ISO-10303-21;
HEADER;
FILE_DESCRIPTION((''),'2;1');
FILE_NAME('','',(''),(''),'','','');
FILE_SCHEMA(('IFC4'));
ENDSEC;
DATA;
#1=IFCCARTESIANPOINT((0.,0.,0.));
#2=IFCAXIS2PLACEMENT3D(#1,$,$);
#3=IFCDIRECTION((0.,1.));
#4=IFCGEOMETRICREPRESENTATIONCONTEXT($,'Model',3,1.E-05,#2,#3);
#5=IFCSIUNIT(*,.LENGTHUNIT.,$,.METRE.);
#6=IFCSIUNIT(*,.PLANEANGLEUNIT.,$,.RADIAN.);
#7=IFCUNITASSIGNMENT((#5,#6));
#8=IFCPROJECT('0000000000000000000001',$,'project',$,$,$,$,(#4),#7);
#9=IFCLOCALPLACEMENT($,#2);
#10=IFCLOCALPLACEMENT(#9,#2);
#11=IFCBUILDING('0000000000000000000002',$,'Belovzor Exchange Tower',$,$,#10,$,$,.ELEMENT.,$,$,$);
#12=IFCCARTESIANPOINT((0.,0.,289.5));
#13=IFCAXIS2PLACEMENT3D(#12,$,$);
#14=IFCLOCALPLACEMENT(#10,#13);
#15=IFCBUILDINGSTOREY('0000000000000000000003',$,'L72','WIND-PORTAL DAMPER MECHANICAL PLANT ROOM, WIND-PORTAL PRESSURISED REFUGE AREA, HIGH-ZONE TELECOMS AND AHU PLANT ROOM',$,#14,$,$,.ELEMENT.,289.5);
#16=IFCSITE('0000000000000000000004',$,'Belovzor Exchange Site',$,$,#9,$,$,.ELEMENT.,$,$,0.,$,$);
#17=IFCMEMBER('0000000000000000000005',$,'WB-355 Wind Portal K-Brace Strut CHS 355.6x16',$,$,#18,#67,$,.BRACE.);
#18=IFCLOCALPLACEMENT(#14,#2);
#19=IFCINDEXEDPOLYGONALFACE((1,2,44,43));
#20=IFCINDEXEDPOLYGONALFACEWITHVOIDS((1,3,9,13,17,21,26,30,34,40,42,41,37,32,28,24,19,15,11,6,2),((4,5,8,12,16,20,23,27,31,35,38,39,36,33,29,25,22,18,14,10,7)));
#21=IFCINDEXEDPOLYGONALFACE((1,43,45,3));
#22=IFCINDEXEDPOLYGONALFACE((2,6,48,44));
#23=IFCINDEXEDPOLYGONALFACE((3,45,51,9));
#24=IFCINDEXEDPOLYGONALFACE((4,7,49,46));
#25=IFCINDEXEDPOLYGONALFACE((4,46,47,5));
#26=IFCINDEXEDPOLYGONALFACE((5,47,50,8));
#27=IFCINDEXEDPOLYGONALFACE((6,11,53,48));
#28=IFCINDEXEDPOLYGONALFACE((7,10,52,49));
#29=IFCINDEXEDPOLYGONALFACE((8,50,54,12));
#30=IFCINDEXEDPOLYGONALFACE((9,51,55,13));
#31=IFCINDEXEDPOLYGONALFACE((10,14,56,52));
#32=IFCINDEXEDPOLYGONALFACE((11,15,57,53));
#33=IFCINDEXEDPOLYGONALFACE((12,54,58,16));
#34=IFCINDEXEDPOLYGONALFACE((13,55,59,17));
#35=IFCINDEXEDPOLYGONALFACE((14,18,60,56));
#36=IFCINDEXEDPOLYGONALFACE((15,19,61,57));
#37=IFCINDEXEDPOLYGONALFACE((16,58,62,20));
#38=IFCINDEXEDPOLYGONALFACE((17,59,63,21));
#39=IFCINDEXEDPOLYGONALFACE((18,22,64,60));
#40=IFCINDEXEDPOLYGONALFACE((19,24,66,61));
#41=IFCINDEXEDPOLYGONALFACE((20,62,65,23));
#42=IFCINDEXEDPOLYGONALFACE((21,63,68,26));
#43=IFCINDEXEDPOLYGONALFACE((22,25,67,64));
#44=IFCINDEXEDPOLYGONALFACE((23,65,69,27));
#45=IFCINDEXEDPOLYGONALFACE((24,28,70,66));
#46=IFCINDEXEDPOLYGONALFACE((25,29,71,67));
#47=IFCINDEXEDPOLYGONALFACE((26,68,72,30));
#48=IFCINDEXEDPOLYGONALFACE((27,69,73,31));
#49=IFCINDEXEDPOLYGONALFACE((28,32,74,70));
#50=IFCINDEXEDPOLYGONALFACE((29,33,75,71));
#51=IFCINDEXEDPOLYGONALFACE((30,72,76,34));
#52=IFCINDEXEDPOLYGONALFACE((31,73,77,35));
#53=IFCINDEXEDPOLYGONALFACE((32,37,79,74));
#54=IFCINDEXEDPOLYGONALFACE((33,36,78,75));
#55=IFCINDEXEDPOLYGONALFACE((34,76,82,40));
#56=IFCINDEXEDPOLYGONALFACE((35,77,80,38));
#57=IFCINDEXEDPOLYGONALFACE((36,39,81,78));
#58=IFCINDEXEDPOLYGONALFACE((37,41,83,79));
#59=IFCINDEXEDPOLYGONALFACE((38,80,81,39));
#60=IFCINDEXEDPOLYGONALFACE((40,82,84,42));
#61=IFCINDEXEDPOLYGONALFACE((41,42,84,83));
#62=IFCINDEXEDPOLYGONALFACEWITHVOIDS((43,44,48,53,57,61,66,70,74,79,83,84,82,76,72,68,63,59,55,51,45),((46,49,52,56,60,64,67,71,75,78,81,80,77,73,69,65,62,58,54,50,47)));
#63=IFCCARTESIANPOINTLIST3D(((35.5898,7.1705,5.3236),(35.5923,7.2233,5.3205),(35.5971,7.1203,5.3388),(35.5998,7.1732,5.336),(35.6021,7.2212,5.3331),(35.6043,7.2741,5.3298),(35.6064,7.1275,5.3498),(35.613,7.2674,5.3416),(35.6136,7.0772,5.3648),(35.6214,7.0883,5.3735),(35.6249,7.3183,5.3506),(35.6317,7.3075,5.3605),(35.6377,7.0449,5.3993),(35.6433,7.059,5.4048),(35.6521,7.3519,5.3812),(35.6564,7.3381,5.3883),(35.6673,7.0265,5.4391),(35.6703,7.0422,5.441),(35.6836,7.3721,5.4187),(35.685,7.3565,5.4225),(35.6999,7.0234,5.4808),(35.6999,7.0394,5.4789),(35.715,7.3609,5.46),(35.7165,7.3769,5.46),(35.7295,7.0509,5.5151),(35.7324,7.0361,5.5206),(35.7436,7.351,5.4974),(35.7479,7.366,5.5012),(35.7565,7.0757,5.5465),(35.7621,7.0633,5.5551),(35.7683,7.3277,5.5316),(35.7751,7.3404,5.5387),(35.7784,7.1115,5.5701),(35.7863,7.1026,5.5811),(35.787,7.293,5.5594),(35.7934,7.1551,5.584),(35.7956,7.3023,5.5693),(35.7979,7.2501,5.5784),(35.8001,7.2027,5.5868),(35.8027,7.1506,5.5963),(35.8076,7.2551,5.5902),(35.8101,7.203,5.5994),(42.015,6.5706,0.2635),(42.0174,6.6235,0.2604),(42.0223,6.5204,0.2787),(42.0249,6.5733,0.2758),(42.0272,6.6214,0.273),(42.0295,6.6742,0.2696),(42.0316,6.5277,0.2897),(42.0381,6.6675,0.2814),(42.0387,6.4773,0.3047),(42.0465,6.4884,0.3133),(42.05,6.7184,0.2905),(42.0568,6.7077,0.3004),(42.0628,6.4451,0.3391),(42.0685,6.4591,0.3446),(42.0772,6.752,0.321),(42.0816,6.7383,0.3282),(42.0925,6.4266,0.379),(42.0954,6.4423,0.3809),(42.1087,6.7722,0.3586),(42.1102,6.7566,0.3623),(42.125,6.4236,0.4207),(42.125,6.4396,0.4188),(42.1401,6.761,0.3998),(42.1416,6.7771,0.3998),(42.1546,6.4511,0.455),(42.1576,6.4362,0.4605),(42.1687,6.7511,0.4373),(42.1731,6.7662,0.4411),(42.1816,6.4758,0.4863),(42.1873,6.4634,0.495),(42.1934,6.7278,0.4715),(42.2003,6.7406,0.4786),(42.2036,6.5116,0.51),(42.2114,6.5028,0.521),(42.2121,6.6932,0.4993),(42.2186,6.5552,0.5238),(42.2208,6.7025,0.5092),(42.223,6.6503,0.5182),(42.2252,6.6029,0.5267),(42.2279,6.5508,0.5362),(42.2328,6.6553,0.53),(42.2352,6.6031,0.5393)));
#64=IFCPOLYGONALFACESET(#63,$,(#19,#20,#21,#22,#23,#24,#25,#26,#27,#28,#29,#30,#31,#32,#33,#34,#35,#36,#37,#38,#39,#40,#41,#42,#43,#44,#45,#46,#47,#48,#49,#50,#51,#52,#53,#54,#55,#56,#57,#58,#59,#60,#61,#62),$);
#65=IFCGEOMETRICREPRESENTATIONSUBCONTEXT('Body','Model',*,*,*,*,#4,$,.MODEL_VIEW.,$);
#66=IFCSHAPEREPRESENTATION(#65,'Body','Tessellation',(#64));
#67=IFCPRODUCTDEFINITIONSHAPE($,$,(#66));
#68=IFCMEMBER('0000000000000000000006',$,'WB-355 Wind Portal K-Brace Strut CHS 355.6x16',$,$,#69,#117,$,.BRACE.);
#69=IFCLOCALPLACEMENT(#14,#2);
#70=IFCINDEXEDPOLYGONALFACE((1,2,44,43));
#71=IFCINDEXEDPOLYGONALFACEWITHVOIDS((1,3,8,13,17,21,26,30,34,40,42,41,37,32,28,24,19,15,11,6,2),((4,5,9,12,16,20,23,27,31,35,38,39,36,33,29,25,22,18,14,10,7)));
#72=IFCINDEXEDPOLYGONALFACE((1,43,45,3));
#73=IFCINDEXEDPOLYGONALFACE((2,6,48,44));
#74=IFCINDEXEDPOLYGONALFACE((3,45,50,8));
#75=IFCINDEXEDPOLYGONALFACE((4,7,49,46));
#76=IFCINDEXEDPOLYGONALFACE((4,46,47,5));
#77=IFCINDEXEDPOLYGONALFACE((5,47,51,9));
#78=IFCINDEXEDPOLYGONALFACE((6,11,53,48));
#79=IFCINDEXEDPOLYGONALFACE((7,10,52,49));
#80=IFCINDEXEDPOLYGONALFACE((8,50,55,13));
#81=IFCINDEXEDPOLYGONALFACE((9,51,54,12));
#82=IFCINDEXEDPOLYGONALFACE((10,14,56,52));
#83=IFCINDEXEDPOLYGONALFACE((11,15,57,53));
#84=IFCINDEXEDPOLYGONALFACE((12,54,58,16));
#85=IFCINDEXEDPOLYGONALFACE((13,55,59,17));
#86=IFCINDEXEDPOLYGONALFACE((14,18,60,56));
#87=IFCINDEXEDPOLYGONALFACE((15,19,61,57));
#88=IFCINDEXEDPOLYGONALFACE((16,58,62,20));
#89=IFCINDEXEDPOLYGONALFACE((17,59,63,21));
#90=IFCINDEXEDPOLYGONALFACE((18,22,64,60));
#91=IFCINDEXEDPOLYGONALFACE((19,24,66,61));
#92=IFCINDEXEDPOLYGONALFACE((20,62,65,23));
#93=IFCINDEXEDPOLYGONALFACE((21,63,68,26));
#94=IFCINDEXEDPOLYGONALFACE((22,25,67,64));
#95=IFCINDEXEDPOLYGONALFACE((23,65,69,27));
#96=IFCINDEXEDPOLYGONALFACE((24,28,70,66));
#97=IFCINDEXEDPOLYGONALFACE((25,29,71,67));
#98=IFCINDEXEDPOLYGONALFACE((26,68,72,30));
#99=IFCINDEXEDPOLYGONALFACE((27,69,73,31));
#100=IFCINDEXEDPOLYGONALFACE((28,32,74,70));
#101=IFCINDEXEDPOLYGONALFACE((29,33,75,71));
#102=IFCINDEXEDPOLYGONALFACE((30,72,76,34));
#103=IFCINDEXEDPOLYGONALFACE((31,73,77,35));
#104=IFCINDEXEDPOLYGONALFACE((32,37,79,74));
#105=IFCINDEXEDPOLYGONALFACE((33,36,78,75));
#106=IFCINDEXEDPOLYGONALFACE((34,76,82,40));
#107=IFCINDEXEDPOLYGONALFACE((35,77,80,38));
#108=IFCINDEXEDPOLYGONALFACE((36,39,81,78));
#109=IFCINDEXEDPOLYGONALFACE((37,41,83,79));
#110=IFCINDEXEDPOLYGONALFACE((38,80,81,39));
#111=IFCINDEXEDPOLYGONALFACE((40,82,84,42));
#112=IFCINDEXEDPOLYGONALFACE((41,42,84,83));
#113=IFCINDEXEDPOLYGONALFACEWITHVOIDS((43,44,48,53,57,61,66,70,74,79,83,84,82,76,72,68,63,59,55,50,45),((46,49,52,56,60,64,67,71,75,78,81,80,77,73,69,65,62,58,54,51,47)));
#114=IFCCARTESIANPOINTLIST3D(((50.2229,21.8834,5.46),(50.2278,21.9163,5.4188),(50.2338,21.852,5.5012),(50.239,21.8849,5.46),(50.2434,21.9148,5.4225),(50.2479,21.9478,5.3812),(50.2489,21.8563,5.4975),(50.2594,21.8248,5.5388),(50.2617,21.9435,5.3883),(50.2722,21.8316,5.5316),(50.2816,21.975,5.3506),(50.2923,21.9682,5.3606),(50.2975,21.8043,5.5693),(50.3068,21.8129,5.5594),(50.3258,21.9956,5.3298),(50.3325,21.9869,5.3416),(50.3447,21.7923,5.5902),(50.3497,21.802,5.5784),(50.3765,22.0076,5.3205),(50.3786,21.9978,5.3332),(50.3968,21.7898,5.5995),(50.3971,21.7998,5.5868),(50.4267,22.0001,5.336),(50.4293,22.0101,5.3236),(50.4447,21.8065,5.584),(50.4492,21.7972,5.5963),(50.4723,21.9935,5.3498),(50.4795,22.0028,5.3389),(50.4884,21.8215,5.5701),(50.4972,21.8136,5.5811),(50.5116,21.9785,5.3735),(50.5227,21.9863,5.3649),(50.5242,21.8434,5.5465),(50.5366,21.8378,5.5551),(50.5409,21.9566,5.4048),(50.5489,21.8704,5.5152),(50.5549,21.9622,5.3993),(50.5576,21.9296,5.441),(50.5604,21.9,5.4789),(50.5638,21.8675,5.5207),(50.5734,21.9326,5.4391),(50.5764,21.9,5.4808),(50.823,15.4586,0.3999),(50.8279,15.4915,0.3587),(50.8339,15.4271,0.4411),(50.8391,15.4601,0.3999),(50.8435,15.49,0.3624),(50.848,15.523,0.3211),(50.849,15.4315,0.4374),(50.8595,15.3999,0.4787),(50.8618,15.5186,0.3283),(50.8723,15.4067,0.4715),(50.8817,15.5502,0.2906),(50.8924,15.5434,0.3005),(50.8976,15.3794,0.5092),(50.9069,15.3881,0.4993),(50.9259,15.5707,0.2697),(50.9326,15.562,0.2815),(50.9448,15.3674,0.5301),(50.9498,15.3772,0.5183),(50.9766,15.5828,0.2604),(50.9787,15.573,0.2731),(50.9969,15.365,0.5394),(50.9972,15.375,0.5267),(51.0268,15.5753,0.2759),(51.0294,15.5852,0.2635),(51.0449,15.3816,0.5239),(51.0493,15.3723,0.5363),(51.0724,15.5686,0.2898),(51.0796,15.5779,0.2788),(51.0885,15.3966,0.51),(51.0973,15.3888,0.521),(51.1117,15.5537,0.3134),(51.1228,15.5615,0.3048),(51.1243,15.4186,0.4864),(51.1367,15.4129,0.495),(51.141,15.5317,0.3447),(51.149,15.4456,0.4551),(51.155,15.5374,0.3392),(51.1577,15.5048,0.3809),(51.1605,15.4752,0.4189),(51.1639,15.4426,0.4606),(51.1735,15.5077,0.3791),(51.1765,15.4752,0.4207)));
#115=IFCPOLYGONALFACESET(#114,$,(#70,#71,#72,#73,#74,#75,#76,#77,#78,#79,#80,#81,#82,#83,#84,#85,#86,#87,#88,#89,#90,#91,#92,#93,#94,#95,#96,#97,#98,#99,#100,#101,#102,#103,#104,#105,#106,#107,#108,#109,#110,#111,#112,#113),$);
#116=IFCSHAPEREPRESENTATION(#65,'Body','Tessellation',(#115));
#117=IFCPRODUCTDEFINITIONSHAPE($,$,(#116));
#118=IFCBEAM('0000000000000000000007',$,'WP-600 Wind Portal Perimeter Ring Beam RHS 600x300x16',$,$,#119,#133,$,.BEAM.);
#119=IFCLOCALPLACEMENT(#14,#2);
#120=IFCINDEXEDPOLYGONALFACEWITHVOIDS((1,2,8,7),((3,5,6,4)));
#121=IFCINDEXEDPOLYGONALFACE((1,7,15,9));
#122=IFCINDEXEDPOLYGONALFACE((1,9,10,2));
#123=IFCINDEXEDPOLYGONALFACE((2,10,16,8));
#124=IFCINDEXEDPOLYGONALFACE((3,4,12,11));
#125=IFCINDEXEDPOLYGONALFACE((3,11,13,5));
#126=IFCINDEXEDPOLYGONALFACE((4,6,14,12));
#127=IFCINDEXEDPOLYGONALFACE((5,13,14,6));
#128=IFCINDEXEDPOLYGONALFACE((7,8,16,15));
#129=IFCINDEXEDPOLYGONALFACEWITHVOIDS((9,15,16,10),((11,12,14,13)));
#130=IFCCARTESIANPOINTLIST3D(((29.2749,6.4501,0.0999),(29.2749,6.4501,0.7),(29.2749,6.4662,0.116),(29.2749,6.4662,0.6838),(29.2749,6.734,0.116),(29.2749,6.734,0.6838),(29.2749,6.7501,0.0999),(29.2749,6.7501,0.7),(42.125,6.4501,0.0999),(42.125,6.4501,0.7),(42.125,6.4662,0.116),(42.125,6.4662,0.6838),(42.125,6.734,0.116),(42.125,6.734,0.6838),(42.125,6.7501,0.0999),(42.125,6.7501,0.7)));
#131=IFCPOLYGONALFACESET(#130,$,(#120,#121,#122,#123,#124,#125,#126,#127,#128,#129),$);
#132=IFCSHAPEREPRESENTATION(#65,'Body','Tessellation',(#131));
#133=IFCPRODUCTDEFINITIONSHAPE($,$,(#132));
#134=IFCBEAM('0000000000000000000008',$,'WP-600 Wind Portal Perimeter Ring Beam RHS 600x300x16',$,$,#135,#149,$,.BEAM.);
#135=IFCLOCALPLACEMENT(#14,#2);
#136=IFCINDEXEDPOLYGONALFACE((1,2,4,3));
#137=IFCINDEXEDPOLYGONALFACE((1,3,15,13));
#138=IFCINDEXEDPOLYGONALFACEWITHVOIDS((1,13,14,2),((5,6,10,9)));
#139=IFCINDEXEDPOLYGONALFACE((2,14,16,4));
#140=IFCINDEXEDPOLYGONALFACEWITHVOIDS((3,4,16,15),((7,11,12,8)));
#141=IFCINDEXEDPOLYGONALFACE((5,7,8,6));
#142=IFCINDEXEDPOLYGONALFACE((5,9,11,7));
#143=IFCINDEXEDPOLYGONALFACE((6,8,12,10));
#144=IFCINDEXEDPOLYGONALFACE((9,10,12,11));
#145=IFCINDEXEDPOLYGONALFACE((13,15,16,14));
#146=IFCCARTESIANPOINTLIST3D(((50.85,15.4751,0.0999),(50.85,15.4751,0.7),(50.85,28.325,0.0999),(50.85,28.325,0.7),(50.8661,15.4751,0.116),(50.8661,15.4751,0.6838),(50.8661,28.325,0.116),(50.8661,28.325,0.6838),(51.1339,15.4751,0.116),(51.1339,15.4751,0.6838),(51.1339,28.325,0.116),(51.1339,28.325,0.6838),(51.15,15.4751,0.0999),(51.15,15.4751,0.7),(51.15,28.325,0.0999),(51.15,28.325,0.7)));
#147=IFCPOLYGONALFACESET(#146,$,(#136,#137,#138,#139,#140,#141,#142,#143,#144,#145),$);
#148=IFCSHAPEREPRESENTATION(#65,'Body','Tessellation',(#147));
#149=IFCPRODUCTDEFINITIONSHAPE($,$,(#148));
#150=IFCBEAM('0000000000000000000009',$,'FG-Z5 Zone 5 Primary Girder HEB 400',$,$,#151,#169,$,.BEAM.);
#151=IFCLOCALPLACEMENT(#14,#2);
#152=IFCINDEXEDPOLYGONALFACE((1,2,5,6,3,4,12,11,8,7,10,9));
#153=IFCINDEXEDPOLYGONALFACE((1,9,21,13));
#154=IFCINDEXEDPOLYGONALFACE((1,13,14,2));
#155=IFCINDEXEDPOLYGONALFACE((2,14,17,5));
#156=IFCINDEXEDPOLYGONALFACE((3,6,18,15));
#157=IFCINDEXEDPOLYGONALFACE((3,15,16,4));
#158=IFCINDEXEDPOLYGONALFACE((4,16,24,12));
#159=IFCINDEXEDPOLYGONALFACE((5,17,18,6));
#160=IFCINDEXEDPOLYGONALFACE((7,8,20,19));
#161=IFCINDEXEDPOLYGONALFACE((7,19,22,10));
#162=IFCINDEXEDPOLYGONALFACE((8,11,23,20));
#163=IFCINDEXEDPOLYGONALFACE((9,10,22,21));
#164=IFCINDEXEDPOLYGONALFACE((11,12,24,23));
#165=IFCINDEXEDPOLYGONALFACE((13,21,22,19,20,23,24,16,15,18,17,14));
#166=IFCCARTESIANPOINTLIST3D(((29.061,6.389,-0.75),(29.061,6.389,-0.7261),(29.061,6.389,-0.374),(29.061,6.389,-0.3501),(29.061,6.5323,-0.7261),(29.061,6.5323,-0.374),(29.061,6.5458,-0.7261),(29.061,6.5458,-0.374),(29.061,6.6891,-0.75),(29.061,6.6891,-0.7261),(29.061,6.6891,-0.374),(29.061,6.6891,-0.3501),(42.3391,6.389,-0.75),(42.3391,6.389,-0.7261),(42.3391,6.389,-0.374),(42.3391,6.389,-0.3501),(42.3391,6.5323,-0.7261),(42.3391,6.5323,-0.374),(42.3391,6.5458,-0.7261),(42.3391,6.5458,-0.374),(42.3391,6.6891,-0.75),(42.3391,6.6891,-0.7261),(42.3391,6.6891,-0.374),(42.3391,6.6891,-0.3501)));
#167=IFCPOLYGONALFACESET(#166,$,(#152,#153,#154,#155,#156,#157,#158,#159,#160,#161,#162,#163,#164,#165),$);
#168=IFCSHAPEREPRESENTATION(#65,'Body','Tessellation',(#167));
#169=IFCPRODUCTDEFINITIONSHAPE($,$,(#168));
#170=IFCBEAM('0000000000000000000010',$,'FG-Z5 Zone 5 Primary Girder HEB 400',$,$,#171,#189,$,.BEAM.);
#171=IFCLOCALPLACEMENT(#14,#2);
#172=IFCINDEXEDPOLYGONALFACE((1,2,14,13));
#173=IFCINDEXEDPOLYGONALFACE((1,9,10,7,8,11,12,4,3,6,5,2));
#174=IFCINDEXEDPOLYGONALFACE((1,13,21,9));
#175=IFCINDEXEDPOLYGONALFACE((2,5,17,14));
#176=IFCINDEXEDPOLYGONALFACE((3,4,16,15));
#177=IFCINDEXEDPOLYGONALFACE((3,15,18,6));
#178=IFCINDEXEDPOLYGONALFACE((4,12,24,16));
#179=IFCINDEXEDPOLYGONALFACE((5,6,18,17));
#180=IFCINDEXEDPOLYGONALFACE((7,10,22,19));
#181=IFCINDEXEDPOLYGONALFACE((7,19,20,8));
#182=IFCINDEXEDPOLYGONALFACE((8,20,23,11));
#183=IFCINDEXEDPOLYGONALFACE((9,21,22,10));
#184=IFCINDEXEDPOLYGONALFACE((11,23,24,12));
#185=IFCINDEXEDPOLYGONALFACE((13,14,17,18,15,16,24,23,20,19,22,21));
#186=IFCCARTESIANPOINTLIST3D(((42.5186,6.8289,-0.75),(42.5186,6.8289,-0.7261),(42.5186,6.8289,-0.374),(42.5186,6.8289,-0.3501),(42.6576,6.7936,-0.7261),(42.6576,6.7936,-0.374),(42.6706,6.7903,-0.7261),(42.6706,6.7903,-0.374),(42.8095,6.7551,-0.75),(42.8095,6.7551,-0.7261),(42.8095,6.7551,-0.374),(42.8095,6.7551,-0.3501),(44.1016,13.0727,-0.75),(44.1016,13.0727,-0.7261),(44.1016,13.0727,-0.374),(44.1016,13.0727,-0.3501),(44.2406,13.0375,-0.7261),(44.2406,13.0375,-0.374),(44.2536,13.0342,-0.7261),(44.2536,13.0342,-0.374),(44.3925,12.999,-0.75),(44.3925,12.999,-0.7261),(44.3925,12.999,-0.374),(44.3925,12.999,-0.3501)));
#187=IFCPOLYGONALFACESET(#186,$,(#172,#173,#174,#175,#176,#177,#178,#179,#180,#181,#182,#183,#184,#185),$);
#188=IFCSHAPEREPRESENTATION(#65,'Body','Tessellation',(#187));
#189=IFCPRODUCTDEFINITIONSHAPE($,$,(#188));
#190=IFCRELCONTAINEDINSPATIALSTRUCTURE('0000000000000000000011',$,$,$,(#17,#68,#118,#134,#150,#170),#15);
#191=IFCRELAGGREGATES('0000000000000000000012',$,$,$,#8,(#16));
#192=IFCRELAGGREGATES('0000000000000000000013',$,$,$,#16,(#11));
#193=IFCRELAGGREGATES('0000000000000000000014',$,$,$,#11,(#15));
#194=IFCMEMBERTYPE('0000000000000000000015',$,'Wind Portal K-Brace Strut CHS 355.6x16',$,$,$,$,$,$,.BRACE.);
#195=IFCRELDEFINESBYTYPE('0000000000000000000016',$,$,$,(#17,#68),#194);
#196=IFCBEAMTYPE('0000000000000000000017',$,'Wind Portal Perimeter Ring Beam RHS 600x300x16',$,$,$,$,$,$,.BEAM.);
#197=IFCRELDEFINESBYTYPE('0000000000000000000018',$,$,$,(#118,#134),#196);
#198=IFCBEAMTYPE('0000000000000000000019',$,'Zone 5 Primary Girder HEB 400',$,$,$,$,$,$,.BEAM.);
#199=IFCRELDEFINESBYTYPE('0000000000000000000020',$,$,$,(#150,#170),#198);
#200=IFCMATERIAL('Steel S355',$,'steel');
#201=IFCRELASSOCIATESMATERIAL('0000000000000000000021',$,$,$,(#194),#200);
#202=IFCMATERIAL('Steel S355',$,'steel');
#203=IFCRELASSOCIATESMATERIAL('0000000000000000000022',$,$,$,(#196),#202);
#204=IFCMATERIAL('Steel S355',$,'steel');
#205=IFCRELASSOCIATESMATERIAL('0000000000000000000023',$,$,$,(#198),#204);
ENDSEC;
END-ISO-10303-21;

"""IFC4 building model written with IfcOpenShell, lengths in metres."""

from ifc_helpers import new_model, si_unit, direction, frame, origin, origin_2d, place, context, subcontext, project, spatial, hollow_rectangle, hollow_circle, i_section, extrude, material, material_profile, profile_set, type_object, element, save


model = new_model("IFC4")

# Units and contexts
model_context = context("Model", 3, precision=1e-05, world=origin(), true_north=direction((0.0, 1.0)))
body_context = subcontext(model_context, "Body", "Model", "MODEL_VIEW")
ifc_project = project(units=[si_unit("LENGTHUNIT", "METRE"), si_unit("PLANEANGLEUNIT", "RADIAN")], contexts=[model_context])

# Site, building, storey
site_placement = place(None, origin())
site = spatial("IfcSite", under=ifc_project, at=site_placement, Name="Belovzor Exchange Site", CompositionType="ELEMENT", RefElevation=0.0)
building_placement = place(site_placement, origin())
building = spatial("IfcBuilding", under=site, at=building_placement, Name="Belovzor Exchange Tower", CompositionType="ELEMENT")
storey_placement = place(building_placement, frame((0.0, 0.0, 289.5)))
storey = spatial("IfcBuildingStorey", under=building, at=storey_placement, Name="L72", Description="WIND-PORTAL DAMPER MECHANICAL PLANT ROOM, WIND-PORTAL PRESSURISED REFUGE AREA, HIGH-ZONE TELECOMS AND AHU PLANT ROOM", CompositionType="ELEMENT", Elevation=289.5)

# Members
ifc_material_1 = material(Name="Steel S355", Category="steel")
ifc_material_profile_1 = material_profile(ifc_material_1, hollow_circle(Radius=0.1777, WallThickness=0.0161, at=origin_2d()))
ifc_profile_set_1 = profile_set([ifc_material_profile_1], Name="Steel S355")
member_type = type_object("IfcMemberType", Name="Wind Portal K-Brace Strut CHS 355.6x16", PredefinedType="BRACE", material=ifc_profile_set_1)
for number, where, z_axis, x_axis, name in (
    (1, (35.7, 7.2, 5.46), (0.783512, -0.07315, -0.617056), (0.092957, 0.99567, 0.0), "WB-355 Wind Portal K-Brace Strut CHS 355.6x16"),
):
    element("IfcMember", number, at=place(storey_placement, frame(where, z_axis=z_axis, x_axis=x_axis)), inside=storey, type_object=member_type, Name=name, PredefinedType="BRACE", context=body_context, shape_type="SweptSolid", body=[
        extrude(hollow_circle(Radius=0.1777, WallThickness=0.0161, at=origin_2d()), origin(), (0.0, 0.0, 1.0), 8.2004),
    ])
member_placement = place(storey_placement, frame((51.0, 15.4751, 0.3999), z_axis=(-0.073181, 0.783499, 0.617069), x_axis=(-0.995666, -0.092998, 0.0)))
element("IfcMember", 2, at=member_placement, inside=storey, type_object=member_type, Name="WB-355 Wind Portal K-Brace Strut CHS 355.6x16", PredefinedType="BRACE", context=body_context, shape_type="SweptSolid", body=[
    extrude(hollow_circle(Radius=0.1777, WallThickness=0.0161, at=origin_2d()), origin(), (0.0, 0.0, 1.0), 8.2002),
])

# Beams
ifc_material_2 = material(Name="Steel S355", Category="steel")
ifc_material_profile_2 = material_profile(ifc_material_2, hollow_rectangle(XDim=0.3, YDim=0.6001, WallThickness=0.0161, at=origin_2d()))
ifc_profile_set_2 = profile_set([ifc_material_profile_2], Name="Steel S355")
beam_type_1 = type_object("IfcBeamType", Name="Wind Portal Perimeter Ring Beam RHS 600x300x16", PredefinedType="BEAM", material=ifc_profile_set_2)
beam_1_placement = place(storey_placement, frame((29.2749, 6.6001, 0.3999), z_axis=(1.0, 0.0, 0.0), x_axis=(0.0, 1.0, 0.0)))
element("IfcBeam", 3, at=beam_1_placement, inside=storey, type_object=beam_type_1, Name="WP-600 Wind Portal Perimeter Ring Beam RHS 600x300x16", PredefinedType="BEAM", context=body_context, shape_type="SweptSolid", body=[
    extrude(hollow_rectangle(XDim=0.3, YDim=0.6001, WallThickness=0.0161, at=origin_2d()), origin(), (0.0, 0.0, 1.0), 12.8501),
])
beam_2_placement = place(storey_placement, frame((51.0, 15.4751, 0.3999), z_axis=(0.0, 1.0, 0.0), x_axis=(-1.0, 0.0, 0.0)))
element("IfcBeam", 4, at=beam_2_placement, inside=storey, type_object=beam_type_1, Name="WP-600 Wind Portal Perimeter Ring Beam RHS 600x300x16", PredefinedType="BEAM", context=body_context, shape_type="SweptSolid", body=[
    extrude(hollow_rectangle(XDim=0.3, YDim=0.6001, WallThickness=0.0161, at=origin_2d()), origin(), (0.0, 0.0, 1.0), 12.8499),
])
ifc_material_3 = material(Name="Steel S355", Category="steel")
ifc_material_profile_3 = material_profile(ifc_material_3, i_section(OverallWidth=0.3, OverallDepth=0.3999, WebThickness=0.0134, FlangeThickness=0.0239, at=origin_2d()))
ifc_profile_set_3 = profile_set([ifc_material_profile_3], Name="Steel S355")
beam_type_2 = type_object("IfcBeamType", Name="Zone 5 Primary Girder HEB 400", PredefinedType="BEAM", material=ifc_profile_set_3)
beam_3_placement = place(storey_placement, frame((29.061, 6.5391, -0.55), z_axis=(1.0, 0.0, 0.0), x_axis=(0.0, 1.0, 0.0)))
element("IfcBeam", 5, at=beam_3_placement, inside=storey, type_object=beam_type_2, Name="FG-Z5 Zone 5 Primary Girder HEB 400", PredefinedType="BEAM", context=body_context, shape_type="SweptSolid", body=[
    extrude(i_section(OverallWidth=0.3, OverallDepth=0.3999, WebThickness=0.0134, FlangeThickness=0.0239, at=origin_2d()), origin(), (0.0, 0.0, 1.0), 13.2781),
])
beam_4_placement = place(storey_placement, frame((42.6641, 6.792, -0.55), z_axis=(0.245754, 0.969332, 0.0), x_axis=(-0.969332, 0.245754, 0.0)))
element("IfcBeam", 6, at=beam_4_placement, inside=storey, type_object=beam_type_2, Name="FG-Z5 Zone 5 Primary Girder HEB 400", PredefinedType="BEAM", context=body_context, shape_type="SweptSolid", body=[
    extrude(i_section(OverallWidth=0.3, OverallDepth=0.3999, WebThickness=0.0134, FlangeThickness=0.0239, at=origin_2d()), origin(), (0.0, 0.0, 1.0), 6.4414),
])

save(model, "model.ifc")
